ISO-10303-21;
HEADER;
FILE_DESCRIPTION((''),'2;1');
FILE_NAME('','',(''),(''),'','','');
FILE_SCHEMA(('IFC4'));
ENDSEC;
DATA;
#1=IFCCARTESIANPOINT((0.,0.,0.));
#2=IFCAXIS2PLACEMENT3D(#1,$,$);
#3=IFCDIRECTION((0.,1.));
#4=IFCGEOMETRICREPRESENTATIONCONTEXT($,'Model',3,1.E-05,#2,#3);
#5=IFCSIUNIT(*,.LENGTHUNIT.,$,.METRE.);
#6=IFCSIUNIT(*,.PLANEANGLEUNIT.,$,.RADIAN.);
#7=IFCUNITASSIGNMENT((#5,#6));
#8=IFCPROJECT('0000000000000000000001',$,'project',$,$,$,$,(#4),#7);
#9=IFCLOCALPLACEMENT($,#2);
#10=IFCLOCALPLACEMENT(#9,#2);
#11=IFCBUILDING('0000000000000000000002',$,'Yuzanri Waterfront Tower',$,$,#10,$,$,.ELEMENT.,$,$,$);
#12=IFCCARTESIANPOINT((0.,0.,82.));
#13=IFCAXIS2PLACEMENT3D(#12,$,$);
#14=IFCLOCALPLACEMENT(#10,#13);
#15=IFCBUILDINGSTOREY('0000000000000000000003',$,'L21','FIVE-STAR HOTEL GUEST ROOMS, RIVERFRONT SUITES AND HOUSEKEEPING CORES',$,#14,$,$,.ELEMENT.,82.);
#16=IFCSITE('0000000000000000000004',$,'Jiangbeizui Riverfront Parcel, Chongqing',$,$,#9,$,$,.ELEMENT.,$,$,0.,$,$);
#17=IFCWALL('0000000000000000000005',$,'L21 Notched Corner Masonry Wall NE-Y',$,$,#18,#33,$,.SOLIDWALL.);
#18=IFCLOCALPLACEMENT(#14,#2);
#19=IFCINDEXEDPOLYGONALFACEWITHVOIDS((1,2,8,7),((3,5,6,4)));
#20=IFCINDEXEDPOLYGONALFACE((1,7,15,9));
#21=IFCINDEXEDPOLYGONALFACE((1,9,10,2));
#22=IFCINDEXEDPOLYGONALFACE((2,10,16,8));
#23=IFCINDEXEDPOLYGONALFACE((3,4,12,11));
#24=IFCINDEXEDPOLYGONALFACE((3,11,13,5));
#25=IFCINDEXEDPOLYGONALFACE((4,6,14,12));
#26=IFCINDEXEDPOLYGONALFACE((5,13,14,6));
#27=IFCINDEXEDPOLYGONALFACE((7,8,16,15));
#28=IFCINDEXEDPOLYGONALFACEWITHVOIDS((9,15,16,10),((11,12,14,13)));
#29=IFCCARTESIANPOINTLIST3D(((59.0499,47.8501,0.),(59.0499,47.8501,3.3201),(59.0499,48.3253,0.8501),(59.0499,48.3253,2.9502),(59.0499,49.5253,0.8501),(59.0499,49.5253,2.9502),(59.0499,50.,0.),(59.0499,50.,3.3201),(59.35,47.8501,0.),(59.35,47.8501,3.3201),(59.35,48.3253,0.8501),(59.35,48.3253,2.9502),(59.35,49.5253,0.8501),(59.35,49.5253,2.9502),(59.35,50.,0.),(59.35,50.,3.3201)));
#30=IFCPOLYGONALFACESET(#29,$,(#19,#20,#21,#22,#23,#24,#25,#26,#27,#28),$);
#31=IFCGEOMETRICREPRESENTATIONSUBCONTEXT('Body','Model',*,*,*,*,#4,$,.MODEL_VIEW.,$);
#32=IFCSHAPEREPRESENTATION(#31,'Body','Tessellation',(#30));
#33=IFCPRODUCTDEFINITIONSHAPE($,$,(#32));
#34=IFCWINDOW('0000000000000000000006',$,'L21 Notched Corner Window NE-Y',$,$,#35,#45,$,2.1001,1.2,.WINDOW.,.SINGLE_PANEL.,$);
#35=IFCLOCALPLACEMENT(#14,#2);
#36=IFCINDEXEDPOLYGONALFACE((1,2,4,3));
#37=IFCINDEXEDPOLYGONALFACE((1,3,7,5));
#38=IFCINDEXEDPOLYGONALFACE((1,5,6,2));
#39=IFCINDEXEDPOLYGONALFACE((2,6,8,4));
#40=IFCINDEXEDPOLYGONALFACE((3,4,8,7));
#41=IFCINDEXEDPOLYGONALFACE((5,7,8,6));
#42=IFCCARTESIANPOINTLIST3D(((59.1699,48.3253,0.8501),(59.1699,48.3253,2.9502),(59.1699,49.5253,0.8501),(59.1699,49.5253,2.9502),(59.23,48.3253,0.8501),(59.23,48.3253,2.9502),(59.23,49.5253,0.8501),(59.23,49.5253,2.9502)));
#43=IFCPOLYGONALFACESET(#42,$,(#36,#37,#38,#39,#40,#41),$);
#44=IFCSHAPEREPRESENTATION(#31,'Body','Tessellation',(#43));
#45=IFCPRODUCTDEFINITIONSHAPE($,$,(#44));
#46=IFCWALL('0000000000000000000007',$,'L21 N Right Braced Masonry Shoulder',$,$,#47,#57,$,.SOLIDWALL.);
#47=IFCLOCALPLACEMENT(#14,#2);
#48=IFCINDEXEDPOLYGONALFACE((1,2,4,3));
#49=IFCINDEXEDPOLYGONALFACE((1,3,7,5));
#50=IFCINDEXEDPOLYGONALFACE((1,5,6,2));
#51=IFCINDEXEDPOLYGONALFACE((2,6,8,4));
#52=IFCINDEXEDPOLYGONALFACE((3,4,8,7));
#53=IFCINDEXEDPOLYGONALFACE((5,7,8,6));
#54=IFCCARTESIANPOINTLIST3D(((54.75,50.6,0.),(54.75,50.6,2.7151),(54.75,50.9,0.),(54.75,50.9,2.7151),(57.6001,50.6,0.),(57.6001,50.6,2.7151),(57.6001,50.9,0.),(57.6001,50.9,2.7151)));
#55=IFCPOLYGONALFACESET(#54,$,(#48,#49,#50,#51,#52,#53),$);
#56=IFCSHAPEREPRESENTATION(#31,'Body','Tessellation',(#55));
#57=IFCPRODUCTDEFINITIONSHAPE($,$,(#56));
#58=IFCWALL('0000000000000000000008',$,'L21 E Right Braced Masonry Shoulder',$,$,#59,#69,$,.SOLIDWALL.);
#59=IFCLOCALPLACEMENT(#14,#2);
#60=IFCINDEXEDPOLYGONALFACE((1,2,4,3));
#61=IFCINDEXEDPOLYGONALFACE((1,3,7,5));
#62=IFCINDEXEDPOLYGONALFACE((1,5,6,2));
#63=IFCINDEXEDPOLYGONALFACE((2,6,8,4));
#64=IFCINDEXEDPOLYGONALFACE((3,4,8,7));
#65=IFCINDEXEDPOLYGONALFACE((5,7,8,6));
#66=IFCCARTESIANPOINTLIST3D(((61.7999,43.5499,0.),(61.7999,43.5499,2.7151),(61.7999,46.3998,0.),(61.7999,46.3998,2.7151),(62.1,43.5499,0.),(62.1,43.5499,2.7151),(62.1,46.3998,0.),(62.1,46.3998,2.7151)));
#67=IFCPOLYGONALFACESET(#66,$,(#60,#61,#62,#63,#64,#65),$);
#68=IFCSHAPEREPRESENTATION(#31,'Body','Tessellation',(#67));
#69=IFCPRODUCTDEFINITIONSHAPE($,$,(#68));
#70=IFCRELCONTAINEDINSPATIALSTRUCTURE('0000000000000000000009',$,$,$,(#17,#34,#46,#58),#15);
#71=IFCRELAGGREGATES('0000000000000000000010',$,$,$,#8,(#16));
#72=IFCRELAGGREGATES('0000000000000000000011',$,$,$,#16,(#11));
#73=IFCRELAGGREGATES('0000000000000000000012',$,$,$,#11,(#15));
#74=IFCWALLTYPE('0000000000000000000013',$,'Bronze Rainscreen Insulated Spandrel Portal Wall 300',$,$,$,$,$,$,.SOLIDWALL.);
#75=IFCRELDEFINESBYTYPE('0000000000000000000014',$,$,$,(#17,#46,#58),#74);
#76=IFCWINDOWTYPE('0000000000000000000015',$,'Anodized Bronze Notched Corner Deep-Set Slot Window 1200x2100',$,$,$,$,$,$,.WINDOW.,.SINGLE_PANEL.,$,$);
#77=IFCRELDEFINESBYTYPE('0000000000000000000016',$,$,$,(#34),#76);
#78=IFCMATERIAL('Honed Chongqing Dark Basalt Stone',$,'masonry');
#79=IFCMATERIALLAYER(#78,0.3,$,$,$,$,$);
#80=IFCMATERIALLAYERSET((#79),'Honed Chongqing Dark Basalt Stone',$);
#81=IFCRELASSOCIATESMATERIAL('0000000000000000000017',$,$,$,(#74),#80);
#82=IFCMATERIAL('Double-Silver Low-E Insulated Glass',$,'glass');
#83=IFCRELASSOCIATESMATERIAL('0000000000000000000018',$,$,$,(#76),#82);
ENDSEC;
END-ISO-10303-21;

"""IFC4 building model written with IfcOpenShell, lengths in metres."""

from ifc_helpers import new_model, si_unit, direction, frame, frame_2d, origin, place, context, subcontext, project, spatial, rectangle, extrude, source, transform, mapped, material, layer, layer_set, type_object, element, fill, save


model = new_model("IFC4")

# Units and contexts
model_context = context("Model", 3, precision=1e-05, world=origin(), true_north=direction((0.0, 1.0)))
body_context = subcontext(model_context, "Body", "Model", "MODEL_VIEW")
ifc_project = project(units=[si_unit("LENGTHUNIT", "METRE"), si_unit("PLANEANGLEUNIT", "RADIAN")], contexts=[model_context])

# Site, building, storey
site_placement = place(None, origin())
site = spatial("IfcSite", under=ifc_project, at=site_placement, Name="Jiangbeizui Riverfront Parcel, Chongqing", CompositionType="ELEMENT", RefElevation=0.0)
building_placement = place(site_placement, origin())
building = spatial("IfcBuilding", under=site, at=building_placement, Name="Yuzanri Waterfront Tower", CompositionType="ELEMENT")
storey_placement = place(building_placement, frame((0.0, 0.0, 82.0)))
storey = spatial("IfcBuildingStorey", under=building, at=storey_placement, Name="L21", Description="FIVE-STAR HOTEL GUEST ROOMS, RIVERFRONT SUITES AND HOUSEKEEPING CORES", CompositionType="ELEMENT", Elevation=82.0)

# Wall, opening, window
ifc_material_1 = material(Name="Honed Chongqing Dark Basalt Stone", Category="masonry")
ifc_layer_1 = layer(ifc_material_1, 0.3)
ifc_layer_set_1 = layer_set([ifc_layer_1], Name="Honed Chongqing Dark Basalt Stone")
wall_type = type_object("IfcWallType", Name="Bronze Rainscreen Insulated Spandrel Portal Wall 300", PredefinedType="SOLIDWALL", material=ifc_layer_set_1)
wall_1_placement = place(storey_placement, frame((59.2, 47.8501, 0.0), z_axis=(0.0, 0.0, 1.0), x_axis=(0.0, 1.0, 0.0)))
wall_1 = element("IfcWall", 1, at=wall_1_placement, inside=storey, type_object=wall_type, Name="L21 Notched Corner Masonry Wall NE-Y", PredefinedType="SOLIDWALL", context=body_context, shape_type="SweptSolid", body=[
    extrude(rectangle(XDim=2.1499, YDim=0.3, at=frame_2d((1.075, 0.0))), origin(), (0.0, 0.0, 1.0), 3.3201),
])
opening_1_placement = place(wall_1_placement, frame((0.4751, 0.0, 0.8501)))
opening_1 = element("IfcOpeningElement", 2, at=opening_1_placement, cuts=wall_1, PredefinedType="OPENING", context=body_context, shape_type="SweptSolid", body=[
    extrude(rectangle(XDim=1.2, YDim=2.1001, at=frame_2d((0.6001, 1.05))), frame((0.0, 0.165, 0.0), z_axis=(0.0, -1.0, 0.0), x_axis=(1.0, 0.0, 0.0)), (0.0, 0.0, 1.0), 0.3298),
])
ifc_material_2 = material(Name="Double-Silver Low-E Insulated Glass", Category="glass")
window_type_1 = type_object("IfcWindowType", Name="Anodized Bronze Notched Corner Deep-Set Slot Window 1200x2100", PartitioningType="SINGLE_PANEL", PredefinedType="WINDOW", material=ifc_material_2)
shared_shape_1 = source(origin(), body_context, "Body", "SweptSolid", [
    extrude(rectangle(XDim=1.2, YDim=2.1001, at=frame_2d((0.6001, 1.05))), frame((0.0, 0.03, 0.0), z_axis=(0.0, -1.0, 0.0), x_axis=(1.0, 0.0, 0.0)), (0.0, 0.0, 1.0), 0.0601),
])
window_1_placement = place(opening_1_placement, origin())
window_1 = element("IfcWindow", 3, at=window_1_placement, inside=storey, type_object=window_type_1, Name="L21 Notched Corner Window NE-Y", OverallHeight=2.1001, OverallWidth=1.2, PartitioningType="SINGLE_PANEL", PredefinedType="WINDOW", context=body_context, shape_type="MappedRepresentation", body=[
    mapped(shared_shape_1, transform((0.0, 0.0, 0.0), scale=1.0)),
])
fill(opening_1, window_1)

# Walls
shared_shape_2 = source(origin(), body_context, "Body", "SweptSolid", [
    extrude(rectangle(XDim=2.8501, YDim=0.3, at=frame_2d((1.425, 0.0))), origin(), (0.0, 0.0, 1.0), 2.7151),
])
wall_2_placement = place(storey_placement, frame((54.75, 50.75, 0.0), z_axis=(0.0, 0.0, 1.0), x_axis=(1.0, 0.0, 0.0)))
element("IfcWall", 4, at=wall_2_placement, inside=storey, type_object=wall_type, Name="L21 N Right Braced Masonry Shoulder", PredefinedType="SOLIDWALL", context=body_context, shape_type="MappedRepresentation", body=[
    mapped(shared_shape_2, transform((0.0, 0.0, 0.0), scale=1.0)),
])
shared_shape_3 = source(origin(), body_context, "Body", "SweptSolid", [
    extrude(rectangle(XDim=2.8499, YDim=0.3, at=frame_2d((1.4248, 0.0))), origin(), (0.0, 0.0, 1.0), 2.7151),
])
wall_3_placement = place(storey_placement, frame((61.95, 43.55, 0.0), z_axis=(0.0, 0.0, 1.0), x_axis=(0.0, 1.0, 0.0)))
element("IfcWall", 5, at=wall_3_placement, inside=storey, type_object=wall_type, Name="L21 E Right Braced Masonry Shoulder", PredefinedType="SOLIDWALL", context=body_context, shape_type="MappedRepresentation", body=[
    mapped(shared_shape_3, transform((0.0, 0.0, 0.0), scale=1.0)),
])

save(model, "model.ifc")
